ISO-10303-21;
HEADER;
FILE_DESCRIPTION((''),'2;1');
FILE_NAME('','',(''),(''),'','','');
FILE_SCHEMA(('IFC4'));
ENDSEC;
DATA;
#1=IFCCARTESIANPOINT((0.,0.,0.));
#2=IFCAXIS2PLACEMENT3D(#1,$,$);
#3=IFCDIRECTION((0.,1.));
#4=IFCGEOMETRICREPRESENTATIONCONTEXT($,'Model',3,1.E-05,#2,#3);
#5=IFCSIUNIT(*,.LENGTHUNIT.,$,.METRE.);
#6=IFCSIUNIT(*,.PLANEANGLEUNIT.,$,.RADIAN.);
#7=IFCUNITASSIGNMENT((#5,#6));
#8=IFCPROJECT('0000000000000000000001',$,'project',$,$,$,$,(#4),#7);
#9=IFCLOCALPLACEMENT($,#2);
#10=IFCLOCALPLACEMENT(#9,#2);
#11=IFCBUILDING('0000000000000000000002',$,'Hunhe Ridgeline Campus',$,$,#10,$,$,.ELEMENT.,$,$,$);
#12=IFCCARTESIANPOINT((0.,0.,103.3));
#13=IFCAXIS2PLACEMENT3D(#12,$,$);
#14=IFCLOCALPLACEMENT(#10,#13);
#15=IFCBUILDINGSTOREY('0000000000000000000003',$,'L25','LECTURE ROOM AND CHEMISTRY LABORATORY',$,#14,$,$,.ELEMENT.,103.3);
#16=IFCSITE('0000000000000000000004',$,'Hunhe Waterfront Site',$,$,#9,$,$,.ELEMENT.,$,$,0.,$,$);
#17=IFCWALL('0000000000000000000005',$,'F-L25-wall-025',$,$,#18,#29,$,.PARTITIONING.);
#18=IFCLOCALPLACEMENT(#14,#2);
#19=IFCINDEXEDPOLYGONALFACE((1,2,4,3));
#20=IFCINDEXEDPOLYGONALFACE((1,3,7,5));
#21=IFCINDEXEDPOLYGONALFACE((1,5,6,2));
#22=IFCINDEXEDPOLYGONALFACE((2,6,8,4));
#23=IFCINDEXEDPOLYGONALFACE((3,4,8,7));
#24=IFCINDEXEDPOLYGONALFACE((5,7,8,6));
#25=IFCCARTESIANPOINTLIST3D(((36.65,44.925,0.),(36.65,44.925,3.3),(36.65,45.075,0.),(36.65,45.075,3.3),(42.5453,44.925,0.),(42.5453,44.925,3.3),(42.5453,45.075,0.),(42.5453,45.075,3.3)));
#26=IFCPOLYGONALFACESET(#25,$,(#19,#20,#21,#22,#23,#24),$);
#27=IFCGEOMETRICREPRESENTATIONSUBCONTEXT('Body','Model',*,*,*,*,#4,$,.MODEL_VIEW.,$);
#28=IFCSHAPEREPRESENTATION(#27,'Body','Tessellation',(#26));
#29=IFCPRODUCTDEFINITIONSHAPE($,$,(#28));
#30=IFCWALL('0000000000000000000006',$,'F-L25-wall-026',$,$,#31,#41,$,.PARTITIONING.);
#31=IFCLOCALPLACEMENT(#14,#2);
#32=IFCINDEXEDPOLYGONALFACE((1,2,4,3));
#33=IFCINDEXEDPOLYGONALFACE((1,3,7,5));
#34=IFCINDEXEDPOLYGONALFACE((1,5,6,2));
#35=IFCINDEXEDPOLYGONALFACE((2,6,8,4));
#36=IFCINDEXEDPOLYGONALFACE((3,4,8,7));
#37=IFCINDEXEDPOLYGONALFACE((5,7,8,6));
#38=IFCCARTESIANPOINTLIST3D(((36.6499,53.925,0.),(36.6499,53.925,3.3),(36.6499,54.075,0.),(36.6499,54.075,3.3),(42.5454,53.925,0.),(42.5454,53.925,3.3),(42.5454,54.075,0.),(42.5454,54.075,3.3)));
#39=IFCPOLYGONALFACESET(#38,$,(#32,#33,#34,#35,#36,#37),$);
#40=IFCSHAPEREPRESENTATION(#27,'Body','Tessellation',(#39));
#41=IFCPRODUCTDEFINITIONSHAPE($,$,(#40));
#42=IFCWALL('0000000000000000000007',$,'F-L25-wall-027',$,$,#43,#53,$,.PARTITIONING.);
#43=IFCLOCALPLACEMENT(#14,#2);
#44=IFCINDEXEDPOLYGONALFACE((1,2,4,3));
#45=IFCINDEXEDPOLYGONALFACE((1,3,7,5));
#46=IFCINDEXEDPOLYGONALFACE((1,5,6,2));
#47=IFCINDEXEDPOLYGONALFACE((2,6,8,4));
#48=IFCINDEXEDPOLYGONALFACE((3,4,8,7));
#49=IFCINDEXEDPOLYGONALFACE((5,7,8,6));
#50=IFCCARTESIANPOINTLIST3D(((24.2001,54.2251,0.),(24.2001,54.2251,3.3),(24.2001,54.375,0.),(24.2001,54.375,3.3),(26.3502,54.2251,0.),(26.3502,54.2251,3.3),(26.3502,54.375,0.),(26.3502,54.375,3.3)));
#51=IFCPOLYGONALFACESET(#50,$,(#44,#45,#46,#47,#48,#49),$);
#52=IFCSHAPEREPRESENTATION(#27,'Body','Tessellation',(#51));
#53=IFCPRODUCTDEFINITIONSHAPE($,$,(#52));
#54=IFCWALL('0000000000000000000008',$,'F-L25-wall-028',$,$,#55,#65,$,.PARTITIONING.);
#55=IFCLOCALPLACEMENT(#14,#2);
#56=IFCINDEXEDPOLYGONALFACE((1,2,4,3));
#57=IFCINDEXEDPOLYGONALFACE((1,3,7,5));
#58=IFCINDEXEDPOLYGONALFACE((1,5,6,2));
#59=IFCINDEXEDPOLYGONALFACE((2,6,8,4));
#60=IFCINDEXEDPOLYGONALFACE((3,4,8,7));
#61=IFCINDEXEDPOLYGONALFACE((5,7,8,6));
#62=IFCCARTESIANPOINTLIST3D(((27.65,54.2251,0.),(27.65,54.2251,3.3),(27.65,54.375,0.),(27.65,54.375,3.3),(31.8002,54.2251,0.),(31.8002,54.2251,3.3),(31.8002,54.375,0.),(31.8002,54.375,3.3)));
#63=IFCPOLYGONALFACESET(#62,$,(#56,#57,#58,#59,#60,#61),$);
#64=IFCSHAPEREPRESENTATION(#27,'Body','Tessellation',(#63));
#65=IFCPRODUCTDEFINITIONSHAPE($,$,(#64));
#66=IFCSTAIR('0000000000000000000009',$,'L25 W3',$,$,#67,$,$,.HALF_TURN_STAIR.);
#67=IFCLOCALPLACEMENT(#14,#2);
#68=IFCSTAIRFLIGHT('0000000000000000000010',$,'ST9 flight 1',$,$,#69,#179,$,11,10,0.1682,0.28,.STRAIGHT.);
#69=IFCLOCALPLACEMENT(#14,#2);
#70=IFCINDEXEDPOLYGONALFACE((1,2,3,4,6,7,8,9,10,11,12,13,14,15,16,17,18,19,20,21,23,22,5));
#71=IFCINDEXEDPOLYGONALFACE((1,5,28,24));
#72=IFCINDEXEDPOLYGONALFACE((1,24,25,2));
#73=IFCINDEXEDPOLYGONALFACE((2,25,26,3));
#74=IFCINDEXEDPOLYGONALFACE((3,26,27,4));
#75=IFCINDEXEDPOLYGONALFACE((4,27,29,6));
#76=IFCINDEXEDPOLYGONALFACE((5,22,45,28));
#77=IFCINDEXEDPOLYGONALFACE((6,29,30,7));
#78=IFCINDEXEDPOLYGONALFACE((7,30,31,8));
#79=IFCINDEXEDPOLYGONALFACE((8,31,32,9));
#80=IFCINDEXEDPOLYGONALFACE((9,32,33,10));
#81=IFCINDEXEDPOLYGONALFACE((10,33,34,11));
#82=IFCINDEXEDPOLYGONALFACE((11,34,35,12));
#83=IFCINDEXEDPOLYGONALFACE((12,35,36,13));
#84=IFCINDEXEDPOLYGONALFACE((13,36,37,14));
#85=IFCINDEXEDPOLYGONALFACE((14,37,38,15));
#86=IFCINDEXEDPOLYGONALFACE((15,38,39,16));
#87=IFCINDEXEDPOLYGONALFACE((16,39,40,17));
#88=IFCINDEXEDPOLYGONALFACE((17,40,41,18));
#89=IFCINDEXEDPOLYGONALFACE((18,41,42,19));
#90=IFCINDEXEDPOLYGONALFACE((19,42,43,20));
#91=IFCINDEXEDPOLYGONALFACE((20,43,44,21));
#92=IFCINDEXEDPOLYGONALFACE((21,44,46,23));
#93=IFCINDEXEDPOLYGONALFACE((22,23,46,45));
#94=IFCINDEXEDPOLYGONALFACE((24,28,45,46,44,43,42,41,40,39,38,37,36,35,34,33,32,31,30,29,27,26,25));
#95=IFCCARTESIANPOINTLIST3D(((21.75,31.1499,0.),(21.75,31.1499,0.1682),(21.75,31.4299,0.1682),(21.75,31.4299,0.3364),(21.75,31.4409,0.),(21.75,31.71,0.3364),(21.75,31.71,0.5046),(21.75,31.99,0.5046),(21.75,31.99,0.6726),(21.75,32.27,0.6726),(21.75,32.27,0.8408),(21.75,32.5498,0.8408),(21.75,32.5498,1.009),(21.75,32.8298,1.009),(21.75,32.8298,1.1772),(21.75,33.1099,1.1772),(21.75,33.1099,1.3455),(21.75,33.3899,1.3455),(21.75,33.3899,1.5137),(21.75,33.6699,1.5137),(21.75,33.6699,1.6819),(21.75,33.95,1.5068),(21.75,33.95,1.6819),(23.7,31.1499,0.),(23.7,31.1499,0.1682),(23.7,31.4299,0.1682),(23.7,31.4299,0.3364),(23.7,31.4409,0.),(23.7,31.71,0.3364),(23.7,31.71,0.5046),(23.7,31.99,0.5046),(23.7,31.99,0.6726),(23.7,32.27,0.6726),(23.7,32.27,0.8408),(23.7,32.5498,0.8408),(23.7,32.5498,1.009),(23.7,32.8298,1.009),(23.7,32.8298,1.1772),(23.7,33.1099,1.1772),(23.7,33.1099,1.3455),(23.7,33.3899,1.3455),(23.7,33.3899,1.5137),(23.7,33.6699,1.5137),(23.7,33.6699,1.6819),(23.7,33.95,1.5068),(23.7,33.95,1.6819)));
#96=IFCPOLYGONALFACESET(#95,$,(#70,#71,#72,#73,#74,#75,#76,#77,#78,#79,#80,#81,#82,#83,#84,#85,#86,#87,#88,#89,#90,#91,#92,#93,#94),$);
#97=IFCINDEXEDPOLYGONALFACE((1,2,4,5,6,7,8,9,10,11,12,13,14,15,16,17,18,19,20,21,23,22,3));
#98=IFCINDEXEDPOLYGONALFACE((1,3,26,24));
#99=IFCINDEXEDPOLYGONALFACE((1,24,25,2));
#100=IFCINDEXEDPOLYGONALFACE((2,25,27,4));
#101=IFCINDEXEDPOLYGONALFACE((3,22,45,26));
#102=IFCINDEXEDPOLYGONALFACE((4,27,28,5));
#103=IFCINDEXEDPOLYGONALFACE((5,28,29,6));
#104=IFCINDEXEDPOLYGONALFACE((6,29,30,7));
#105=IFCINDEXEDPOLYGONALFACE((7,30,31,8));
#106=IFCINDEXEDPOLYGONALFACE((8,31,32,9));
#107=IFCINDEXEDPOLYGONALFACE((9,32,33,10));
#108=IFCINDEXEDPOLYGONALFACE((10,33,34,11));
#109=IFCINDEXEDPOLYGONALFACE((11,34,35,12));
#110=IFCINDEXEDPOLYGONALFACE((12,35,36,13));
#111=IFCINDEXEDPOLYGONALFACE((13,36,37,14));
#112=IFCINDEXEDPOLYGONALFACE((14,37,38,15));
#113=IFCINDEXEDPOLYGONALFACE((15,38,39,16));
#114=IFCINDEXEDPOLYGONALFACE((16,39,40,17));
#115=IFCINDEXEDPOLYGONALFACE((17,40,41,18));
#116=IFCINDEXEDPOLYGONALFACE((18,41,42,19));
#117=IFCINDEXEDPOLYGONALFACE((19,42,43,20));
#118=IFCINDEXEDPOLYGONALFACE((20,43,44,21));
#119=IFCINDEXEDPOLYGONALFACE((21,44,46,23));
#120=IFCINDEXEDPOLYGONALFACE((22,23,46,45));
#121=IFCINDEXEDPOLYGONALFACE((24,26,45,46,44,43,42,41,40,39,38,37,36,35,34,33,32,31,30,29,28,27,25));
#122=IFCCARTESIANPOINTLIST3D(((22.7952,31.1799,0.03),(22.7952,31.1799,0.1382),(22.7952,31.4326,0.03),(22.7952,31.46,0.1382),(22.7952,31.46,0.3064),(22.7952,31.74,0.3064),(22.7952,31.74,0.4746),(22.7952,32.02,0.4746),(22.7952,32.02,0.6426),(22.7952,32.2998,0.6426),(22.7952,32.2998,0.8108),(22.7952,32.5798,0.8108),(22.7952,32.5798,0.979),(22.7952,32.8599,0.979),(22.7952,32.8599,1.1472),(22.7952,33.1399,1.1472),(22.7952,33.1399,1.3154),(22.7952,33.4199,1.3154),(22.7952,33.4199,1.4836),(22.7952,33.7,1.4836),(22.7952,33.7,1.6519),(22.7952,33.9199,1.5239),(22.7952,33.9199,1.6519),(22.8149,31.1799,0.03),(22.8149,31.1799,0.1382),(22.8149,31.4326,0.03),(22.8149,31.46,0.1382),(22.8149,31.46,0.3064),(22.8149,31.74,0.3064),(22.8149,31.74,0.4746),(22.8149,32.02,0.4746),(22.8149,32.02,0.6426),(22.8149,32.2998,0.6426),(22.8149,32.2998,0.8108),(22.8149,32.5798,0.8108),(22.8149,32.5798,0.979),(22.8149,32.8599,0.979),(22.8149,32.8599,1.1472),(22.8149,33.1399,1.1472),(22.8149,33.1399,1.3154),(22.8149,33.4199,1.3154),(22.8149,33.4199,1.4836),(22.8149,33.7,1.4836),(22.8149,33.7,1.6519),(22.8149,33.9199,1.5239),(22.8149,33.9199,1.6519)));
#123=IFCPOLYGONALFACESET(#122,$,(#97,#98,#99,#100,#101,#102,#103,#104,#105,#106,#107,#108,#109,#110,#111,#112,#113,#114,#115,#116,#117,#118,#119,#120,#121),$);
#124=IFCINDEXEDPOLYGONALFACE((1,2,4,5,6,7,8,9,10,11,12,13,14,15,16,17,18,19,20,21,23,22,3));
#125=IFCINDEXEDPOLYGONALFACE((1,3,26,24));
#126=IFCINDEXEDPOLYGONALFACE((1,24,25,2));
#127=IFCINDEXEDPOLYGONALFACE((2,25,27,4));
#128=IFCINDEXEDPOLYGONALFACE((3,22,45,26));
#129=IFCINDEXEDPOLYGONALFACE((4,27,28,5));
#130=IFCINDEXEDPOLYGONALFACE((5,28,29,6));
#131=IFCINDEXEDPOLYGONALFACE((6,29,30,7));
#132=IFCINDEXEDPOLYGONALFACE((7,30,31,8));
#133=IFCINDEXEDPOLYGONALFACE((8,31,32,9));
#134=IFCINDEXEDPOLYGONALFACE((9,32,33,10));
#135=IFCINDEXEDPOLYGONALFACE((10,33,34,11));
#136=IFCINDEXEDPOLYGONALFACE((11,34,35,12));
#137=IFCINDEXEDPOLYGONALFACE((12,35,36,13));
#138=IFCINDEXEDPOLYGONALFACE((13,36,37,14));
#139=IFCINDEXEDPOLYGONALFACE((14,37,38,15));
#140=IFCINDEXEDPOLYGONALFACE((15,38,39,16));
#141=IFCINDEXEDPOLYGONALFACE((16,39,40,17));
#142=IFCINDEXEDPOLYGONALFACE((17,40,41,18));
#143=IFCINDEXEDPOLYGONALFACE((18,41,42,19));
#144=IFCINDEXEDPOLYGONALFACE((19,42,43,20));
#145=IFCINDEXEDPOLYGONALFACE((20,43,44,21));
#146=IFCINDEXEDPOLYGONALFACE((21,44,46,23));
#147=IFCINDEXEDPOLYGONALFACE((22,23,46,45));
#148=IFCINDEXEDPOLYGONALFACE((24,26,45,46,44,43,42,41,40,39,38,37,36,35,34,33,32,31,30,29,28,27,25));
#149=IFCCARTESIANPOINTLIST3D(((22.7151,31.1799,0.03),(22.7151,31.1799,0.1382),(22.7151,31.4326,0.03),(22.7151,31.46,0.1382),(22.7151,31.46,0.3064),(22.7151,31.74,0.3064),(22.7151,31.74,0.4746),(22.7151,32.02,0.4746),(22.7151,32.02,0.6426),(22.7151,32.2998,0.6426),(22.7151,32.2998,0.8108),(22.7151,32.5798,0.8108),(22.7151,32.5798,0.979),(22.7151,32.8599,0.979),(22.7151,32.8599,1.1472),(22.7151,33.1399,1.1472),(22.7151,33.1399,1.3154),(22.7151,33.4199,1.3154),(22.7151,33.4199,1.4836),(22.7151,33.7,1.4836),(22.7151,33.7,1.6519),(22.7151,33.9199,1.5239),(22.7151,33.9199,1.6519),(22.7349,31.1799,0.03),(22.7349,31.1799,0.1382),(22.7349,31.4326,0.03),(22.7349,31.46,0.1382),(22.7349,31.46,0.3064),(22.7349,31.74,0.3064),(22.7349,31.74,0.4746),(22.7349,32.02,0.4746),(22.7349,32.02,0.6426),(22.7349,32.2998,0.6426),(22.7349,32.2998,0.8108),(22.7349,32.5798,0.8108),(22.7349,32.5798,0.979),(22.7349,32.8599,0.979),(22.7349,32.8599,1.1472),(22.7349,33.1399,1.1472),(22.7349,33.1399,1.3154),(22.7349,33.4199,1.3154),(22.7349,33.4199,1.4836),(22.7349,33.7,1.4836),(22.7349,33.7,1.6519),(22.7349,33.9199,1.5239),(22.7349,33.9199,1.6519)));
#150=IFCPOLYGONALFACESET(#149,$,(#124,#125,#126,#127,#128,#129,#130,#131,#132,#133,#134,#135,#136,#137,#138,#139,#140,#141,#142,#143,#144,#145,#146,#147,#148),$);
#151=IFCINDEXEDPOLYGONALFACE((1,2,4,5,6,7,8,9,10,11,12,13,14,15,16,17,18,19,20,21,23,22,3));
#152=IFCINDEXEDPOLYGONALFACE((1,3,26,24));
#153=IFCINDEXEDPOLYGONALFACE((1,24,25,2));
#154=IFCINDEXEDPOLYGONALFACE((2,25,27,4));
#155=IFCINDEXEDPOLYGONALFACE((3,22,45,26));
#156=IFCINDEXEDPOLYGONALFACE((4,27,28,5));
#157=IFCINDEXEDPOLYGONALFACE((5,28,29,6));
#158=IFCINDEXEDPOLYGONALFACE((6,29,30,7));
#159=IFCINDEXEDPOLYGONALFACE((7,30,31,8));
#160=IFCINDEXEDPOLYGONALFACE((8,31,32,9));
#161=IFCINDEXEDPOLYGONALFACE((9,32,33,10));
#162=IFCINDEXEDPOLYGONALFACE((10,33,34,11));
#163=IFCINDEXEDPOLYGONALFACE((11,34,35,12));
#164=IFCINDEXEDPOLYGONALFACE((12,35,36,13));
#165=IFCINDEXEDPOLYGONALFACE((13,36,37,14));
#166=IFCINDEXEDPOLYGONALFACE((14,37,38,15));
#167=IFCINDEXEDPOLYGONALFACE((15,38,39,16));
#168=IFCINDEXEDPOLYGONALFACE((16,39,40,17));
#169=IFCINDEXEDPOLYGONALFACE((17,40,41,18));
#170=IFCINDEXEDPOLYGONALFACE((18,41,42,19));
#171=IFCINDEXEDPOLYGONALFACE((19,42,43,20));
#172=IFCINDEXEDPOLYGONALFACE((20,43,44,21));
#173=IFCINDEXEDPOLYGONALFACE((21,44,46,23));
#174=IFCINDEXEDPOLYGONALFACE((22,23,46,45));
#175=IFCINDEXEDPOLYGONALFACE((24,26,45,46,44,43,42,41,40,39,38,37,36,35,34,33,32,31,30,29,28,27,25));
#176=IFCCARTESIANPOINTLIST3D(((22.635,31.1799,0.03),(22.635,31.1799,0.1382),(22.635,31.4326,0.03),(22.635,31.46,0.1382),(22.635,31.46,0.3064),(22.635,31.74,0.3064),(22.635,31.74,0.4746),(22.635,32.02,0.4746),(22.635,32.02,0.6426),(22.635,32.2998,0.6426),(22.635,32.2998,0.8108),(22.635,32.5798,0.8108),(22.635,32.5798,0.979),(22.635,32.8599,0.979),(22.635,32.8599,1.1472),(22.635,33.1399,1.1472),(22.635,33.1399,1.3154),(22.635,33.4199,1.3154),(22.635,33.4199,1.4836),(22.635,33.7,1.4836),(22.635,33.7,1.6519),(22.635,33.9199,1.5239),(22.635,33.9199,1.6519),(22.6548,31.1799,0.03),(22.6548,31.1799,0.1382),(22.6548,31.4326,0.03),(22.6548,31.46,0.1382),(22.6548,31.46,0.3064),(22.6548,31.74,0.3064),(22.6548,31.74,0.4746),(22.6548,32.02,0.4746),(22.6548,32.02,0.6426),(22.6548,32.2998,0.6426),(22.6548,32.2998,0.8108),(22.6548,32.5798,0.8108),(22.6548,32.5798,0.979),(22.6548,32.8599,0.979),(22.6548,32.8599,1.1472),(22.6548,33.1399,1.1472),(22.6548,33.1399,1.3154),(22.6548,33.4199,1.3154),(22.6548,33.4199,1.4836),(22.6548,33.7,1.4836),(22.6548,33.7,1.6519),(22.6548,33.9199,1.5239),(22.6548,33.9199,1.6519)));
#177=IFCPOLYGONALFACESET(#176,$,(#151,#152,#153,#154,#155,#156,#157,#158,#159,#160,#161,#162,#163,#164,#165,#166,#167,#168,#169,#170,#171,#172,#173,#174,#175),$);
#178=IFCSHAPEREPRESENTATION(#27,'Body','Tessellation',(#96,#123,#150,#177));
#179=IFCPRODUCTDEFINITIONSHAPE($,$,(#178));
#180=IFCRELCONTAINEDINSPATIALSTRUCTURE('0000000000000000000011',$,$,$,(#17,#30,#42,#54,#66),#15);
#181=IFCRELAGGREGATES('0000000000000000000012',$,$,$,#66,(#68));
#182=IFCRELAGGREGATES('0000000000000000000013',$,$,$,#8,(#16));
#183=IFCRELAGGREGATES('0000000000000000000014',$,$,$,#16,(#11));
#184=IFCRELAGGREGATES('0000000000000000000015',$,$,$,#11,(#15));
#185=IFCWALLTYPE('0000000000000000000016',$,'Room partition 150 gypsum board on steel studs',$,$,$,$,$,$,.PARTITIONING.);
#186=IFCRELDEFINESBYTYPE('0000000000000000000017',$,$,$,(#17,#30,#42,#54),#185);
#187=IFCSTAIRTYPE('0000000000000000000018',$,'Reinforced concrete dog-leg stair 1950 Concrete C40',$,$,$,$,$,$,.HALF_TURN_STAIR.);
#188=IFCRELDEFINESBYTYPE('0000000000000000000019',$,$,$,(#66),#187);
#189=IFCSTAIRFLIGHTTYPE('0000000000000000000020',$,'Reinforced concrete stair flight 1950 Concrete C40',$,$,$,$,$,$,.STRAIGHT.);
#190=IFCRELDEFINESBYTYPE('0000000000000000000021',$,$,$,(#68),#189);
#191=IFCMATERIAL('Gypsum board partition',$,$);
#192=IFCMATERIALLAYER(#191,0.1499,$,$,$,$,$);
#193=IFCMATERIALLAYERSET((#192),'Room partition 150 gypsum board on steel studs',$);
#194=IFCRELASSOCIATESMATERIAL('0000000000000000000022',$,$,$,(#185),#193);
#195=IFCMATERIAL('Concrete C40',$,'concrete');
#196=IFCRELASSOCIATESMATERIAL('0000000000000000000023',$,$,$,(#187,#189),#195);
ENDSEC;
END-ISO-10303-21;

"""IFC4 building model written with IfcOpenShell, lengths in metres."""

from ifc_helpers import new_model, si_unit, direction, frame, frame_2d, origin, place, context, subcontext, project, spatial, polyline, rectangle, outline, extrude, material, layer, layer_set, type_object, element, aggregate, save


model = new_model("IFC4")

# Units and contexts
model_context = context("Model", 3, precision=1e-05, world=origin(), true_north=direction((0.0, 1.0)))
body_context = subcontext(model_context, "Body", "Model", "MODEL_VIEW")
ifc_project = project(units=[si_unit("LENGTHUNIT", "METRE"), si_unit("PLANEANGLEUNIT", "RADIAN")], contexts=[model_context])

# Site, building, storey
site_placement = place(None, origin())
site = spatial("IfcSite", under=ifc_project, at=site_placement, Name="Hunhe Waterfront Site", CompositionType="ELEMENT", RefElevation=0.0)
building_placement = place(site_placement, origin())
building = spatial("IfcBuilding", under=site, at=building_placement, Name="Hunhe Ridgeline Campus", CompositionType="ELEMENT")
storey_placement = place(building_placement, frame((0.0, 0.0, 103.3)))
storey = spatial("IfcBuildingStorey", under=building, at=storey_placement, Name="L25", Description="LECTURE ROOM AND CHEMISTRY LABORATORY", CompositionType="ELEMENT", Elevation=103.3)

# Shared definitions
ifc_material_1 = material(Name="Gypsum board partition")

# Walls
ifc_layer_1 = layer(ifc_material_1, 0.1499)
ifc_layer_set_1 = layer_set([ifc_layer_1], Name="Room partition 150 gypsum board on steel studs")
wall_type_1 = type_object("IfcWallType", Name="Room partition 150 gypsum board on steel studs", PredefinedType="PARTITIONING", material=ifc_layer_set_1)
wall_1_placement = place(storey_placement, frame((36.6499, 45.0, 0.0), z_axis=(0.0, 0.0, 1.0), x_axis=(1.0, 0.0, 0.0)))
element("IfcWall", 1, at=wall_1_placement, inside=storey, type_object=wall_type_1, Name="F-L25-wall-025", PredefinedType="PARTITIONING", context=body_context, shape_type="SweptSolid", body=[
    extrude(rectangle(XDim=5.8953, YDim=0.1499, at=frame_2d((2.9478, 0.0))), origin(), (0.0, 0.0, 1.0), 3.3),
])
wall_2_placement = place(storey_placement, frame((36.6499, 54.0, 0.0), z_axis=(0.0, 0.0, 1.0), x_axis=(1.0, 0.0, 0.0)))
element("IfcWall", 2, at=wall_2_placement, inside=storey, type_object=wall_type_1, Name="F-L25-wall-026", PredefinedType="PARTITIONING", context=body_context, shape_type="SweptSolid", body=[
    extrude(rectangle(XDim=5.8955, YDim=0.1499, at=frame_2d((2.9478, 0.0))), origin(), (0.0, 0.0, 1.0), 3.3),
])
wall_3_placement = place(storey_placement, frame((24.2, 54.3, 0.0), z_axis=(0.0, 0.0, 1.0), x_axis=(1.0, 0.0, 0.0)))
element("IfcWall", 3, at=wall_3_placement, inside=storey, type_object=wall_type_1, Name="F-L25-wall-027", PredefinedType="PARTITIONING", context=body_context, shape_type="SweptSolid", body=[
    extrude(rectangle(XDim=2.1501, YDim=0.1499, at=frame_2d((1.0752, 0.0))), origin(), (0.0, 0.0, 1.0), 3.3),
])
wall_4_placement = place(storey_placement, frame((27.6499, 54.3, 0.0), z_axis=(0.0, 0.0, 1.0), x_axis=(1.0, 0.0, 0.0)))
element("IfcWall", 4, at=wall_4_placement, inside=storey, type_object=wall_type_1, Name="F-L25-wall-028", PredefinedType="PARTITIONING", context=body_context, shape_type="SweptSolid", body=[
    extrude(rectangle(XDim=4.1501, YDim=0.1499, at=frame_2d((2.0752, 0.0))), origin(), (0.0, 0.0, 1.0), 3.3),
])

# Stair, stair flight
ifc_material_2 = material(Name="Concrete C40", Category="concrete")
stair_type = type_object("IfcStairType", Name="Reinforced concrete dog-leg stair 1950 Concrete C40", PredefinedType="HALF_TURN_STAIR", material=ifc_material_2)
stair_placement = place(storey_placement, origin())
stair = element("IfcStair", 5, at=stair_placement, inside=storey, type_object=stair_type, Name="L25 W3", PredefinedType="HALF_TURN_STAIR")
stair_flight_type = type_object("IfcStairFlightType", Name="Reinforced concrete stair flight 1950 Concrete C40", PredefinedType="STRAIGHT", material=ifc_material_2)
stair_flight_placement = place(storey_placement, frame((22.7251, 31.1499, 0.0), z_axis=(0.0, 0.0, 1.0), x_axis=(0.0, 1.0, 0.0)))
stair_flight = element("IfcStairFlight", 6, at=stair_flight_placement, type_object=stair_flight_type, Name="ST9 flight 1", NumberOfRisers=11, NumberOfTreads=10, PredefinedType="STRAIGHT", RiserHeight=0.1682, TreadLength=0.28, context=body_context, shape_type="SweptSolid", body=[
    extrude(outline(polyline([(0.0, 0.0), (0.0, 0.1682), (0.28, 0.1682), (0.28, 0.3364), (0.5601, 0.3364), (0.5601, 0.5046), (0.8401, 0.5046), (0.8401, 0.6726), (1.1201, 0.6726), (1.1201, 0.8408), (1.3999, 0.8408), (1.3999, 1.009), (1.6799, 1.009), (1.6799, 1.1772), (1.96, 1.1772), (1.96, 1.3455), (2.24, 1.3455), (2.24, 1.5137), (2.52, 1.5137), (2.52, 1.6819), (2.8, 1.6819), (2.8, 1.8501), (2.8, 1.5068), (0.291, 0.0), (0.0, 0.0)])), frame((0.0, 0.9751, 0.0), z_axis=(0.0, -1.0, 0.0), x_axis=(1.0, 0.0, 0.0)), (0.0, 0.0, 1.0), 1.95),
    extrude(outline(polyline([(0.03, 0.03), (0.03, 0.1382), (0.3101, 0.1382), (0.3101, 0.3064), (0.5901, 0.3064), (0.5901, 0.4746), (0.8701, 0.4746), (0.8701, 0.6426), (1.1499, 0.6426), (1.1499, 0.8108), (1.4299, 0.8108), (1.4299, 0.979), (1.71, 0.979), (1.71, 1.1472), (1.99, 1.1472), (1.99, 1.3154), (2.27, 1.3154), (2.27, 1.4836), (2.55, 1.4836), (2.55, 1.6519), (2.77, 1.6519), (2.77, 1.5239), (0.2827, 0.03), (0.03, 0.03)])), frame((0.0, -0.0701, 0.0), z_axis=(0.0, -1.0, 0.0), x_axis=(1.0, 0.0, 0.0)), (0.0, 0.0, 1.0), 0.0198),
    extrude(outline(polyline([(0.03, 0.03), (0.03, 0.1382), (0.3101, 0.1382), (0.3101, 0.3064), (0.5901, 0.3064), (0.5901, 0.4746), (0.8701, 0.4746), (0.8701, 0.6426), (1.1499, 0.6426), (1.1499, 0.8108), (1.4299, 0.8108), (1.4299, 0.979), (1.71, 0.979), (1.71, 1.1472), (1.99, 1.1472), (1.99, 1.3154), (2.27, 1.3154), (2.27, 1.4836), (2.55, 1.4836), (2.55, 1.6519), (2.77, 1.6519), (2.77, 1.5239), (0.2827, 0.03), (0.03, 0.03)])), frame((0.0, 0.01, 0.0), z_axis=(0.0, -1.0, 0.0), x_axis=(1.0, 0.0, 0.0)), (0.0, 0.0, 1.0), 0.0198),
    extrude(outline(polyline([(0.03, 0.03), (0.03, 0.1382), (0.3101, 0.1382), (0.3101, 0.3064), (0.5901, 0.3064), (0.5901, 0.4746), (0.8701, 0.4746), (0.8701, 0.6426), (1.1499, 0.6426), (1.1499, 0.8108), (1.4299, 0.8108), (1.4299, 0.979), (1.71, 0.979), (1.71, 1.1472), (1.99, 1.1472), (1.99, 1.3154), (2.27, 1.3154), (2.27, 1.4836), (2.55, 1.4836), (2.55, 1.6519), (2.77, 1.6519), (2.77, 1.5239), (0.2827, 0.03), (0.03, 0.03)])), frame((0.0, 0.0901, 0.0), z_axis=(0.0, -1.0, 0.0), x_axis=(1.0, 0.0, 0.0)), (0.0, 0.0, 1.0), 0.0198),
])
aggregate(stair, [stair_flight])

save(model, "model.ifc")
